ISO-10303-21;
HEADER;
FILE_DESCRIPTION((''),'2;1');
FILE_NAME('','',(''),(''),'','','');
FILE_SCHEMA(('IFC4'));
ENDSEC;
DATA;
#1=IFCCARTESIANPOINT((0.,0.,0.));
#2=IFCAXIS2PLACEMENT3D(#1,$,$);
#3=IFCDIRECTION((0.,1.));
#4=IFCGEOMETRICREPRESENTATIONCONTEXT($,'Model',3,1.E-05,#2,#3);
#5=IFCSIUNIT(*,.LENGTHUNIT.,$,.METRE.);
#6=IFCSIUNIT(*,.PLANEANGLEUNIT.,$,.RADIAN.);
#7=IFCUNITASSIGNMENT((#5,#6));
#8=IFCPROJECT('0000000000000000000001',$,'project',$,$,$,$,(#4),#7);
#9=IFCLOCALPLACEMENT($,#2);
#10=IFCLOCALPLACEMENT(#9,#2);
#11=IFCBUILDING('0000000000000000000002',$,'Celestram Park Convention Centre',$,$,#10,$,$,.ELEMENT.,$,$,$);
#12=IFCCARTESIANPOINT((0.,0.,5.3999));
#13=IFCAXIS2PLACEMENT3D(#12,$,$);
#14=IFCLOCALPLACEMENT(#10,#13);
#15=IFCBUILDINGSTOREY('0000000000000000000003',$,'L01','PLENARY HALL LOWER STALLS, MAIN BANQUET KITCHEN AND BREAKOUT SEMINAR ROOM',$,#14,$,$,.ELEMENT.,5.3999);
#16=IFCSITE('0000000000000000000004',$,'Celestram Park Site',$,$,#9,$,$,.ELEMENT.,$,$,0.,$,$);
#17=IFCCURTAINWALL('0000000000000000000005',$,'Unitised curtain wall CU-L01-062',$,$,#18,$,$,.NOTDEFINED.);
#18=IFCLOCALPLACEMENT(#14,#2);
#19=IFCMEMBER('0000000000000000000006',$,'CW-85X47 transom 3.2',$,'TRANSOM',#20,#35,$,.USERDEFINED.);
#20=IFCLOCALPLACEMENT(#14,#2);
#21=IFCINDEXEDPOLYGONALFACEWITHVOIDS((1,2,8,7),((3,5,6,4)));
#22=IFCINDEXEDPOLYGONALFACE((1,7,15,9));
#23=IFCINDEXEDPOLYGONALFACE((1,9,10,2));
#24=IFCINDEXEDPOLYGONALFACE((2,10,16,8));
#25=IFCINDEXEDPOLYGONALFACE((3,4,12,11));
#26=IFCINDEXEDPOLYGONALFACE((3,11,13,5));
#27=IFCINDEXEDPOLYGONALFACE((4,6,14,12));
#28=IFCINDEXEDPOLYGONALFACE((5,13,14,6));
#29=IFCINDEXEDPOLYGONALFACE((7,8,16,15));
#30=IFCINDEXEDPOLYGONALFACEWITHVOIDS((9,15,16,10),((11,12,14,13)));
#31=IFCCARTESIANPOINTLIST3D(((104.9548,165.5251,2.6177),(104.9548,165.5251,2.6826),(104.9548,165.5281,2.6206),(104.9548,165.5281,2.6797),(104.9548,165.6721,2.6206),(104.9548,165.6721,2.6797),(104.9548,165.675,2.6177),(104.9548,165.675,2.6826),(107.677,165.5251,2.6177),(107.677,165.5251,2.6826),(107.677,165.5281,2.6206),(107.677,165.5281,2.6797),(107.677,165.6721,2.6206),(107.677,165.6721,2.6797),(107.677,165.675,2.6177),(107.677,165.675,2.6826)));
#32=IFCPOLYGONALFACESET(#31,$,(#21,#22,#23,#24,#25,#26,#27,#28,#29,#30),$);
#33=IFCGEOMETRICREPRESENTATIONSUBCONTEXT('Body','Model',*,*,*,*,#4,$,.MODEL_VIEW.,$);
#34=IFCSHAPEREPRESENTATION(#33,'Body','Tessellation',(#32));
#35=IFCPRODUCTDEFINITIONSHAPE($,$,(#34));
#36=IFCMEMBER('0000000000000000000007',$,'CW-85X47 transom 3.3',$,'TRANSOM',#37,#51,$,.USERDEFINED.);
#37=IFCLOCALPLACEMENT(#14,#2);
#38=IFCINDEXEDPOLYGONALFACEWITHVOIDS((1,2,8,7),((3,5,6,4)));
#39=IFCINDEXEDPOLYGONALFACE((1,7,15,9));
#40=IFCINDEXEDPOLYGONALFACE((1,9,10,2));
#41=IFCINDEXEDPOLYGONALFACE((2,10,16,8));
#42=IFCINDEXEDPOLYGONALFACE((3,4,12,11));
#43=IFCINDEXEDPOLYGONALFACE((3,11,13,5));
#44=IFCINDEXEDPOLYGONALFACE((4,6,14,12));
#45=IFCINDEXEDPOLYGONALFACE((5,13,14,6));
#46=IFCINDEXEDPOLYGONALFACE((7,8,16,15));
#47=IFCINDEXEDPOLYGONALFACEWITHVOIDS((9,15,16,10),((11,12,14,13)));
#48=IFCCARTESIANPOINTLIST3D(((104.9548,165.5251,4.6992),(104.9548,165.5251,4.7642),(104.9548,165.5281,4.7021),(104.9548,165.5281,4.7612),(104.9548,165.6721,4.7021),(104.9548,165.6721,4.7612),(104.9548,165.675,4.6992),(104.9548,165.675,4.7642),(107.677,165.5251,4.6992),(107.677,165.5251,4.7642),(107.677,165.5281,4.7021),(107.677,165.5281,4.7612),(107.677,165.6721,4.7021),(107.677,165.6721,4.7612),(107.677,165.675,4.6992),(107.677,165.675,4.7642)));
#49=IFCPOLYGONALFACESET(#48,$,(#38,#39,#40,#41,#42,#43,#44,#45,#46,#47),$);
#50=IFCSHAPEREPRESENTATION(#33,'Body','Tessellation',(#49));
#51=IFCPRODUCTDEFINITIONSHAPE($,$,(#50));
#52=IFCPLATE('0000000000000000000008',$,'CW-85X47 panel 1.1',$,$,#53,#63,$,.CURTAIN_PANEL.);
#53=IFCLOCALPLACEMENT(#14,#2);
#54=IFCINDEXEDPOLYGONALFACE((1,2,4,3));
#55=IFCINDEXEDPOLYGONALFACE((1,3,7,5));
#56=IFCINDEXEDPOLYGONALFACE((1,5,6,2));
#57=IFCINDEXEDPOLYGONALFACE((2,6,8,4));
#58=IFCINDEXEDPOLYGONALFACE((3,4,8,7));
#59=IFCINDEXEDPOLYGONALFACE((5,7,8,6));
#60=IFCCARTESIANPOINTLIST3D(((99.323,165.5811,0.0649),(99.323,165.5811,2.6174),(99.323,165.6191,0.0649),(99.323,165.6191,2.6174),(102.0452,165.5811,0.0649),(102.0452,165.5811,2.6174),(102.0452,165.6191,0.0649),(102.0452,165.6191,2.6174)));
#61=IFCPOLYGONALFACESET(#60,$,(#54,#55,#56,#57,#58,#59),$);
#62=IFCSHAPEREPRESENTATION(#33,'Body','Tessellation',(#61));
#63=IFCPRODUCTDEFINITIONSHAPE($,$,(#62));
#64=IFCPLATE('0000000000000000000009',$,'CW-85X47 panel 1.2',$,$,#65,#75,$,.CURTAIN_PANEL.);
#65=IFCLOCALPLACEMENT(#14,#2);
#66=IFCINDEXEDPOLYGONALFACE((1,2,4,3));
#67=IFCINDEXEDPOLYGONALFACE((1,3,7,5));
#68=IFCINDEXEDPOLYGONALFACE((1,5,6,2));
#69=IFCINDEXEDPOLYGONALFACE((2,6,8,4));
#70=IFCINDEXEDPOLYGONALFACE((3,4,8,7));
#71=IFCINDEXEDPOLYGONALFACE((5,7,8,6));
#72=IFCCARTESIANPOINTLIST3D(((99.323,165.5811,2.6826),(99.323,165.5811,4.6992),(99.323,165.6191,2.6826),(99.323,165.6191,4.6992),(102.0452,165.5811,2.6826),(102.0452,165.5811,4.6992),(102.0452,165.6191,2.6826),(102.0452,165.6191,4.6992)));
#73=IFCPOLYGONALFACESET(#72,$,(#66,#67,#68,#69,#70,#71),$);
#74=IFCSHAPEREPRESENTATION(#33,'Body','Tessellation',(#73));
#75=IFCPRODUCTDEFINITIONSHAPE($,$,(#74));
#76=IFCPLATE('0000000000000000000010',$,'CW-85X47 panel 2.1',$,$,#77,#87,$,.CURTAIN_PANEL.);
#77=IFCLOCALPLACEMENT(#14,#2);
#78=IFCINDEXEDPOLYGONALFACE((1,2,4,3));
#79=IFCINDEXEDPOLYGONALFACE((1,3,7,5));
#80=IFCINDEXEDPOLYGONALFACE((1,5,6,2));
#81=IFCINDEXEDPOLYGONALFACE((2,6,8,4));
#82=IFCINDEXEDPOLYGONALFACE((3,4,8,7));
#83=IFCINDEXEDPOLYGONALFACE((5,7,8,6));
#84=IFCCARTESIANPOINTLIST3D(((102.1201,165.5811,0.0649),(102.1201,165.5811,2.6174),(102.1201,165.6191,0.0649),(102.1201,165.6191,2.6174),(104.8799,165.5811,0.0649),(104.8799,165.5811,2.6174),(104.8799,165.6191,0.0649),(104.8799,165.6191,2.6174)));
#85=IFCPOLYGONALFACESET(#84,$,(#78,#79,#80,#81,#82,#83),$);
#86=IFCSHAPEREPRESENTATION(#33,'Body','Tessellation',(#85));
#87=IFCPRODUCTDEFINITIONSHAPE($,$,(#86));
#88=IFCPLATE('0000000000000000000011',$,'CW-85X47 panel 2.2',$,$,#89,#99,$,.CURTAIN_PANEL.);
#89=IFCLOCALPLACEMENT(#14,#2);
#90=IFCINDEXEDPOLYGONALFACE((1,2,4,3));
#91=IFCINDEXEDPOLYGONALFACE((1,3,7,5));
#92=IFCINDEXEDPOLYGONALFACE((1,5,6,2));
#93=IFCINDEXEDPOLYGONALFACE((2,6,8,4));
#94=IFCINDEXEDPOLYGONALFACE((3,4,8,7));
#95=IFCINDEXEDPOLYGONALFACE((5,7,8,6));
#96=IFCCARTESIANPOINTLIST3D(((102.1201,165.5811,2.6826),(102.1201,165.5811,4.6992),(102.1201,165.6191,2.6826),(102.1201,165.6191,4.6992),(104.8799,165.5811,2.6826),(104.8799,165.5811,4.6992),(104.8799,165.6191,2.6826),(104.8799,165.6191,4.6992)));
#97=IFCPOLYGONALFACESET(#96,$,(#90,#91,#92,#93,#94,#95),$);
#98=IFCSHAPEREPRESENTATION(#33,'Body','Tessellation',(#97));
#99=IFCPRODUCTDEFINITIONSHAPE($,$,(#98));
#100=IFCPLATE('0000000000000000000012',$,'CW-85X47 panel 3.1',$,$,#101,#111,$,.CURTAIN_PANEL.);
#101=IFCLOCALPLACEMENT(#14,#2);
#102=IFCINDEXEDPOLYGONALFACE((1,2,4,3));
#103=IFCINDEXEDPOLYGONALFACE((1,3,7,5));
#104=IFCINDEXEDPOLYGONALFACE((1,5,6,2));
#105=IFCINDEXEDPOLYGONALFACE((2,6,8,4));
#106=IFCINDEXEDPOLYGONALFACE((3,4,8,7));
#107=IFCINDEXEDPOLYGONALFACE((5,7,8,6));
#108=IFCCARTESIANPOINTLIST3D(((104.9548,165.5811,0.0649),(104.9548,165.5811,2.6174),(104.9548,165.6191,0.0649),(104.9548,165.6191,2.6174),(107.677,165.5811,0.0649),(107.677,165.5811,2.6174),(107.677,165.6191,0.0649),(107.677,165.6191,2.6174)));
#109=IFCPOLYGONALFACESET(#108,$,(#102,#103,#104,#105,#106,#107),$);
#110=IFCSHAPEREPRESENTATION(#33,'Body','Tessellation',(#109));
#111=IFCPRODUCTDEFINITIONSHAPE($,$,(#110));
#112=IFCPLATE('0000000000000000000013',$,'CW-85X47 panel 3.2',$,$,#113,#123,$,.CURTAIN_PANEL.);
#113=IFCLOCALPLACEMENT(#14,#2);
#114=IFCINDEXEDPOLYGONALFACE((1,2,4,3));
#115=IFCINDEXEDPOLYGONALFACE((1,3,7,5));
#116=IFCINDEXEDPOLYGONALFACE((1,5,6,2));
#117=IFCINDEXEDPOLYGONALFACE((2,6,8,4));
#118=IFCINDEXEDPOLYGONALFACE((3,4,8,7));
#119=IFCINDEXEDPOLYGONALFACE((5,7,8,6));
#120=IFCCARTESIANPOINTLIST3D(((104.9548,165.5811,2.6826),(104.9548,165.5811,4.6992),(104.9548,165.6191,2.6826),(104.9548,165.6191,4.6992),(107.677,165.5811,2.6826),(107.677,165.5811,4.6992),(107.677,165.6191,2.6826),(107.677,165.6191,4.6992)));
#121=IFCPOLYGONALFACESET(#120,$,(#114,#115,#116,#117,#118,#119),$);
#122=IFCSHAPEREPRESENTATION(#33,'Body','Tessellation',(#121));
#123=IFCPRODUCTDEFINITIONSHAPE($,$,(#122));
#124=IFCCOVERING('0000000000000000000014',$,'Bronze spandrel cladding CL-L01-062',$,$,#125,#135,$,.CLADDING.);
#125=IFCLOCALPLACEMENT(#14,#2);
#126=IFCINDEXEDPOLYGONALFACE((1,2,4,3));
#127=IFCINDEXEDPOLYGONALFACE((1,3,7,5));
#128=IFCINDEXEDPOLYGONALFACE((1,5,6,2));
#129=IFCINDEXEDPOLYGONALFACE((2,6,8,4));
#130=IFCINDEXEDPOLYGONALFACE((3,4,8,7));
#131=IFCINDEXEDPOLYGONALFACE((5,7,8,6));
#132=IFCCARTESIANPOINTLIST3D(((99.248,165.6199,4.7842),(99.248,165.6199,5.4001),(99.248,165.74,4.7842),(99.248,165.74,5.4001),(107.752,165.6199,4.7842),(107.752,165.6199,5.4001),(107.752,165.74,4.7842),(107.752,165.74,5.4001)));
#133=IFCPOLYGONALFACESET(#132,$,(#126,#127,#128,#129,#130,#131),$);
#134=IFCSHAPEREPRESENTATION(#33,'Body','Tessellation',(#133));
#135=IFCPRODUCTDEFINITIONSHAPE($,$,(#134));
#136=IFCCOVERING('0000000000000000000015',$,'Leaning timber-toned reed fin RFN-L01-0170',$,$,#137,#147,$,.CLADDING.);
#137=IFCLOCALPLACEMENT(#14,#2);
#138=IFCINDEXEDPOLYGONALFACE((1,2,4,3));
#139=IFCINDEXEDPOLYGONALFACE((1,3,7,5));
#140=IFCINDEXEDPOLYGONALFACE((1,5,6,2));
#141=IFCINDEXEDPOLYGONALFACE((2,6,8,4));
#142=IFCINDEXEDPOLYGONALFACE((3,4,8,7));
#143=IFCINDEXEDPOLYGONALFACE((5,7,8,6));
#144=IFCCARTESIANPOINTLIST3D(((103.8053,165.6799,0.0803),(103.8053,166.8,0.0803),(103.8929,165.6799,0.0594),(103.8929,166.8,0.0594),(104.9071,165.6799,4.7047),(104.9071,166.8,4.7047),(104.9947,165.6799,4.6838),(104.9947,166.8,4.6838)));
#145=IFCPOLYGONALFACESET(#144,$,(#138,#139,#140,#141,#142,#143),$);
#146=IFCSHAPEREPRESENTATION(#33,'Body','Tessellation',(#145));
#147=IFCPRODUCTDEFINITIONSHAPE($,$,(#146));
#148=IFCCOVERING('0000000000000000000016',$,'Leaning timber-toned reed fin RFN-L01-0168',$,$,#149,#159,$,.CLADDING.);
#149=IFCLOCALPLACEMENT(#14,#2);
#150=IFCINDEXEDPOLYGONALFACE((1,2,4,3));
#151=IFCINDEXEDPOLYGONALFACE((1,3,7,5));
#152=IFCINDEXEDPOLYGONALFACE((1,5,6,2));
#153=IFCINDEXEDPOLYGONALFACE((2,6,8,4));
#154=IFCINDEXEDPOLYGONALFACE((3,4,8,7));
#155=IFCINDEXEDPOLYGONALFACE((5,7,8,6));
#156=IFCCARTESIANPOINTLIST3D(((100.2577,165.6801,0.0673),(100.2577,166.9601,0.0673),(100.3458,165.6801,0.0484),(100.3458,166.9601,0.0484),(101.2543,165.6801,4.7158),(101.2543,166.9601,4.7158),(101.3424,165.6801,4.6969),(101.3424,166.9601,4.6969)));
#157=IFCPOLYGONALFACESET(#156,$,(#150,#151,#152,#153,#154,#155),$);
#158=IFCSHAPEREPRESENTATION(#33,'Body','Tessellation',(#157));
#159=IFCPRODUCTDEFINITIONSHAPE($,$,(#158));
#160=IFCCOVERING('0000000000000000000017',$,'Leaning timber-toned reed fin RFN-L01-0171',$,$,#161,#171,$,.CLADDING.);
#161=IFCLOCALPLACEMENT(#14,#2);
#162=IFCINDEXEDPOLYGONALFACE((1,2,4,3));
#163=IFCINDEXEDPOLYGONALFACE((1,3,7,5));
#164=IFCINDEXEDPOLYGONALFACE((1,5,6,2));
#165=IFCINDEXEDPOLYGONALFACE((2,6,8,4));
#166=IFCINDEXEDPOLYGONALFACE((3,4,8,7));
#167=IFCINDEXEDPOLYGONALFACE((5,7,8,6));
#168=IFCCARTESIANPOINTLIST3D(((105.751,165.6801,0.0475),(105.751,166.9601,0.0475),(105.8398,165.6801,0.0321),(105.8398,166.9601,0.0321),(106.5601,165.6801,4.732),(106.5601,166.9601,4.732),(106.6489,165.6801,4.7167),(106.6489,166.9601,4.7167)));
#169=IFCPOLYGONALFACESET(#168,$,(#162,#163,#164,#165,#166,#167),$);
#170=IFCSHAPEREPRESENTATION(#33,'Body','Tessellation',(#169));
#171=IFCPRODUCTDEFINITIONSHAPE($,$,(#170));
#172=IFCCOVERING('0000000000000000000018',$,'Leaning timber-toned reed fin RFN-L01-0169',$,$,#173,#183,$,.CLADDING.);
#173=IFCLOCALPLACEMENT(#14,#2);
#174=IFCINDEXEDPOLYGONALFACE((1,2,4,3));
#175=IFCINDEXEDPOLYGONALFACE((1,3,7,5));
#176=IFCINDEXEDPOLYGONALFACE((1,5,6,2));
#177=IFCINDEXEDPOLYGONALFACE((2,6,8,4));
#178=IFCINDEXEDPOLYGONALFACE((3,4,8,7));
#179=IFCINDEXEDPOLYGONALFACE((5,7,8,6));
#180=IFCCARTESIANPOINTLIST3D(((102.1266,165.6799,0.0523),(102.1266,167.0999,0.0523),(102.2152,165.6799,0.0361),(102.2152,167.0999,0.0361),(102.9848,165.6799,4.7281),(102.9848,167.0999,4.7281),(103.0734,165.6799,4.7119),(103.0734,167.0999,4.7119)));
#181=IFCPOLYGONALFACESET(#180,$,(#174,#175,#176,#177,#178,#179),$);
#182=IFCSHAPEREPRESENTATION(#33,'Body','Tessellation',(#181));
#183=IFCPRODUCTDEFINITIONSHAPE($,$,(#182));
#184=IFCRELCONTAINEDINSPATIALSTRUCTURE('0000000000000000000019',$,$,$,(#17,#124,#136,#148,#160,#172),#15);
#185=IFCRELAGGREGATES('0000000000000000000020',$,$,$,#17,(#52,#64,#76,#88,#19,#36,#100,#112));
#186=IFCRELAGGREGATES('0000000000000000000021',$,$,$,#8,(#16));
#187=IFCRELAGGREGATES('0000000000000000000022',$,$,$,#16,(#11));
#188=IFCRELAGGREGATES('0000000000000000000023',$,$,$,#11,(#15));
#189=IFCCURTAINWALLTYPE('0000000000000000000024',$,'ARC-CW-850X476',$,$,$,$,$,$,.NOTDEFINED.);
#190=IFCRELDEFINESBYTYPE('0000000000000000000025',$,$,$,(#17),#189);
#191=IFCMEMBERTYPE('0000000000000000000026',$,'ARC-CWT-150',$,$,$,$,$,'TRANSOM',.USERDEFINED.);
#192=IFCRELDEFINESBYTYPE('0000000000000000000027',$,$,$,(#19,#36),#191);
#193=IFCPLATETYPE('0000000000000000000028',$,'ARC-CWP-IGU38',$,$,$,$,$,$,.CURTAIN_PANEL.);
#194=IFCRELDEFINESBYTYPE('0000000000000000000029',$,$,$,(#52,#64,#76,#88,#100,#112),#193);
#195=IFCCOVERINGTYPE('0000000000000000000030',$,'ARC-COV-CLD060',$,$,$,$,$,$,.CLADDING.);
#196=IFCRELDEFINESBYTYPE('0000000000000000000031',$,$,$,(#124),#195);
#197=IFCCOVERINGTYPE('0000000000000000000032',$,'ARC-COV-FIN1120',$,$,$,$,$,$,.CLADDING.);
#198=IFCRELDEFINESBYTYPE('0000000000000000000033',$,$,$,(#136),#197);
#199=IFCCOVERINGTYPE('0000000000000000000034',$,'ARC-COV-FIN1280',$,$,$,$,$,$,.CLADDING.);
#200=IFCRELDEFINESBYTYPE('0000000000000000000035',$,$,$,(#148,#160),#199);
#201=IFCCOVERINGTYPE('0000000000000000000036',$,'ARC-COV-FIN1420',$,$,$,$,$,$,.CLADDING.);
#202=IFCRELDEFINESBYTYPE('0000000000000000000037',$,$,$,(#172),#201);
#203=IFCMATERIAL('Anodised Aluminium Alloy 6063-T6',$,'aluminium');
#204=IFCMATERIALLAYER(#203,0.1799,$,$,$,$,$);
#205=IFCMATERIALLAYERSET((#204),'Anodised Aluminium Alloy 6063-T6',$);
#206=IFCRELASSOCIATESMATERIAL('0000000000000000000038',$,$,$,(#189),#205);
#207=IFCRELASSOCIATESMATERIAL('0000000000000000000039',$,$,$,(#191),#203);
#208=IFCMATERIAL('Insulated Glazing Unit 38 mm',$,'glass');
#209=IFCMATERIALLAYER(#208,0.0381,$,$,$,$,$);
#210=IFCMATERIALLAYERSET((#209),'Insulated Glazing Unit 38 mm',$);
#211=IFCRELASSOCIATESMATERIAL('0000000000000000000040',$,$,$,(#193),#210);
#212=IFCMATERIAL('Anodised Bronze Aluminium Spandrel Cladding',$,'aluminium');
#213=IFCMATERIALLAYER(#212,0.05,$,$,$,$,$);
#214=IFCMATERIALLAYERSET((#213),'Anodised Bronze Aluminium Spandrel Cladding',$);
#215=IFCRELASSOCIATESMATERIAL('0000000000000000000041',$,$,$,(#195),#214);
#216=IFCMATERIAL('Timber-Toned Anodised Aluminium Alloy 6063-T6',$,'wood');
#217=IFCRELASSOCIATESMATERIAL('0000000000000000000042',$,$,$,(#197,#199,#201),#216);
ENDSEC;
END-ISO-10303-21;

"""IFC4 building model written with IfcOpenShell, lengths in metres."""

from ifc_helpers import new_model, si_unit, direction, frame, origin, origin_2d, place, context, subcontext, project, spatial, rectangle, hollow_rectangle, extrude, material, layer, layer_set, material_profile, profile_set, type_object, element, aggregate, save


model = new_model("IFC4")

# Units and contexts
model_context = context("Model", 3, precision=1e-05, world=origin(), true_north=direction((0.0, 1.0)))
body_context = subcontext(model_context, "Body", "Model", "MODEL_VIEW")
ifc_project = project(units=[si_unit("LENGTHUNIT", "METRE"), si_unit("PLANEANGLEUNIT", "RADIAN")], contexts=[model_context])

# Site, building, storey
site_placement = place(None, origin())
site = spatial("IfcSite", under=ifc_project, at=site_placement, Name="Celestram Park Site", CompositionType="ELEMENT", RefElevation=0.0)
building_placement = place(site_placement, origin())
building = spatial("IfcBuilding", under=site, at=building_placement, Name="Celestram Park Convention Centre", CompositionType="ELEMENT")
storey_placement = place(building_placement, frame((0.0, 0.0, 5.3999)))
storey = spatial("IfcBuildingStorey", under=building, at=storey_placement, Name="L01", Description="PLENARY HALL LOWER STALLS, MAIN BANQUET KITCHEN AND BREAKOUT SEMINAR ROOM", CompositionType="ELEMENT", Elevation=5.3999)

# Curtain wall, members, plates
ifc_material_1 = material(Name="Anodised Aluminium Alloy 6063-T6", Category="aluminium")
ifc_layer_1 = layer(ifc_material_1, 0.1799)
ifc_layer_set_1 = layer_set([ifc_layer_1], Name="Anodised Aluminium Alloy 6063-T6")
curtain_wall_type = type_object("IfcCurtainWallType", Name="ARC-CW-850X476", PredefinedType="NOTDEFINED", material=ifc_layer_set_1)
curtain_wall_placement = place(storey_placement, origin())
curtain_wall = element("IfcCurtainWall", 1, at=curtain_wall_placement, inside=storey, type_object=curtain_wall_type, Name="Unitised curtain wall CU-L01-062", PredefinedType="NOTDEFINED")
ifc_material_profile_1 = material_profile(ifc_material_1, hollow_rectangle(XDim=0.1499, YDim=0.0649, WallThickness=0.0029, at=origin_2d()), Name="ALU150X65X3")
ifc_profile_set_1 = profile_set([ifc_material_profile_1], Name="Anodised Aluminium Alloy 6063-T6")
member_type_1 = type_object("IfcMemberType", Name="ARC-CWT-150", ElementType="TRANSOM", PredefinedType="USERDEFINED", material=ifc_profile_set_1)
member_1_placement = place(storey_placement, frame((104.9548, 165.6001, 2.6501), z_axis=(1.0, 0.0, 0.0), x_axis=(0.0, 1.0, 0.0)))
member_1 = element("IfcMember", 2, at=member_1_placement, type_object=member_type_1, Name="CW-85X47 transom 3.2", ObjectType="TRANSOM", PredefinedType="USERDEFINED", context=body_context, shape_type="SweptSolid", body=[
    extrude(hollow_rectangle(XDim=0.1499, YDim=0.0649, WallThickness=0.0029, at=origin_2d()), origin(), (0.0, 0.0, 1.0), 2.7222),
])
member_2_placement = place(storey_placement, frame((104.9548, 165.6001, 4.7317), z_axis=(1.0, 0.0, 0.0), x_axis=(0.0, 1.0, 0.0)))
member_2 = element("IfcMember", 3, at=member_2_placement, type_object=member_type_1, Name="CW-85X47 transom 3.3", ObjectType="TRANSOM", PredefinedType="USERDEFINED", context=body_context, shape_type="SweptSolid", body=[
    extrude(hollow_rectangle(XDim=0.1499, YDim=0.0649, WallThickness=0.0029, at=origin_2d()), origin(), (0.0, 0.0, 1.0), 2.7222),
])
ifc_material_2 = material(Name="Insulated Glazing Unit 38 mm", Category="glass")
ifc_layer_2 = layer(ifc_material_2, 0.0381)
ifc_layer_set_2 = layer_set([ifc_layer_2], Name="Insulated Glazing Unit 38 mm")
plate_type = type_object("IfcPlateType", Name="ARC-CWP-IGU38", PredefinedType="CURTAIN_PANEL", material=ifc_layer_set_2)
plate_1_placement = place(storey_placement, frame((100.6841, 165.6001, 0.0649), z_axis=(0.0, 0.0, 1.0), x_axis=(1.0, 0.0, 0.0)))
plate_1 = element("IfcPlate", 4, at=plate_1_placement, type_object=plate_type, Name="CW-85X47 panel 1.1", PredefinedType="CURTAIN_PANEL", context=body_context, shape_type="SweptSolid", body=[
    extrude(rectangle(XDim=2.7222, YDim=0.0381, at=origin_2d()), origin(), (0.0, 0.0, 1.0), 2.5525),
])
plate_2_placement = place(storey_placement, frame((100.6841, 165.6001, 2.6826), z_axis=(0.0, 0.0, 1.0), x_axis=(1.0, 0.0, 0.0)))
plate_2 = element("IfcPlate", 5, at=plate_2_placement, type_object=plate_type, Name="CW-85X47 panel 1.2", PredefinedType="CURTAIN_PANEL", context=body_context, shape_type="SweptSolid", body=[
    extrude(rectangle(XDim=2.7222, YDim=0.0381, at=origin_2d()), origin(), (0.0, 0.0, 1.0), 2.0166),
])
plate_3_placement = place(storey_placement, frame((103.5, 165.6001, 0.0649), z_axis=(0.0, 0.0, 1.0), x_axis=(1.0, 0.0, 0.0)))
plate_3 = element("IfcPlate", 6, at=plate_3_placement, type_object=plate_type, Name="CW-85X47 panel 2.1", PredefinedType="CURTAIN_PANEL", context=body_context, shape_type="SweptSolid", body=[
    extrude(rectangle(XDim=2.7598, YDim=0.0381, at=origin_2d()), origin(), (0.0, 0.0, 1.0), 2.5525),
])
plate_4_placement = place(storey_placement, frame((103.5, 165.6001, 2.6826), z_axis=(0.0, 0.0, 1.0), x_axis=(1.0, 0.0, 0.0)))
plate_4 = element("IfcPlate", 7, at=plate_4_placement, type_object=plate_type, Name="CW-85X47 panel 2.2", PredefinedType="CURTAIN_PANEL", context=body_context, shape_type="SweptSolid", body=[
    extrude(rectangle(XDim=2.7598, YDim=0.0381, at=origin_2d()), origin(), (0.0, 0.0, 1.0), 2.0166),
])
plate_5_placement = place(storey_placement, frame((106.3159, 165.6001, 0.0649), z_axis=(0.0, 0.0, 1.0), x_axis=(1.0, 0.0, 0.0)))
plate_5 = element("IfcPlate", 8, at=plate_5_placement, type_object=plate_type, Name="CW-85X47 panel 3.1", PredefinedType="CURTAIN_PANEL", context=body_context, shape_type="SweptSolid", body=[
    extrude(rectangle(XDim=2.7222, YDim=0.0381, at=origin_2d()), origin(), (0.0, 0.0, 1.0), 2.5525),
])
plate_6_placement = place(storey_placement, frame((106.3159, 165.6001, 2.6826), z_axis=(0.0, 0.0, 1.0), x_axis=(1.0, 0.0, 0.0)))
plate_6 = element("IfcPlate", 9, at=plate_6_placement, type_object=plate_type, Name="CW-85X47 panel 3.2", PredefinedType="CURTAIN_PANEL", context=body_context, shape_type="SweptSolid", body=[
    extrude(rectangle(XDim=2.7222, YDim=0.0381, at=origin_2d()), origin(), (0.0, 0.0, 1.0), 2.0166),
])
aggregate(curtain_wall, [plate_1, plate_2, plate_3, plate_4, member_1, member_2, plate_5, plate_6])

# Coverings
ifc_material_3 = material(Name="Anodised Bronze Aluminium Spandrel Cladding", Category="aluminium")
ifc_layer_3 = layer(ifc_material_3, 0.05)
ifc_layer_set_3 = layer_set([ifc_layer_3], Name="Anodised Bronze Aluminium Spandrel Cladding")
covering_type_1 = type_object("IfcCoveringType", Name="ARC-COV-CLD060", PredefinedType="CLADDING", material=ifc_layer_set_3)
covering_1_placement = place(storey_placement, frame((103.5, 165.6799, 4.7842), z_axis=(0.0, 0.0, 1.0), x_axis=(1.0, 0.0, 0.0)))
element("IfcCovering", 10, at=covering_1_placement, inside=storey, type_object=covering_type_1, Name="Bronze spandrel cladding CL-L01-062", PredefinedType="CLADDING", context=body_context, shape_type="SweptSolid", body=[
    extrude(rectangle(XDim=8.5039, YDim=0.1201, at=origin_2d()), origin(), (0.0, 0.0, 1.0), 0.616),
])
ifc_material_4 = material(Name="Timber-Toned Anodised Aluminium Alloy 6063-T6", Category="wood")
ifc_material_profile_2 = material_profile(ifc_material_4, rectangle(XDim=1.1201, YDim=0.0901, at=origin_2d()), Name="REED1120X90")
ifc_profile_set_2 = profile_set([ifc_material_profile_2], Name="Timber-Toned Anodised Aluminium Alloy 6063-T6")
covering_type_2 = type_object("IfcCoveringType", Name="ARC-COV-FIN1120", PredefinedType="CLADDING", material=ifc_profile_set_2)
covering_2_placement = place(storey_placement, frame((103.8491, 166.24, 0.0698), z_axis=(0.231766, 0.0, 0.972771), x_axis=(0.0, 1.0, 0.0)))
element("IfcCovering", 11, at=covering_2_placement, inside=storey, type_object=covering_type_2, Name="Leaning timber-toned reed fin RFN-L01-0170", PredefinedType="CLADDING", context=body_context, shape_type="SweptSolid", body=[
    extrude(rectangle(XDim=1.1201, YDim=0.0901, at=origin_2d()), origin(), (0.0, 0.0, 1.0), 4.7539),
])
ifc_material_profile_3 = material_profile(ifc_material_4, rectangle(XDim=1.28, YDim=0.0901, at=origin_2d()), Name="REED1280X90")
ifc_profile_set_3 = profile_set([ifc_material_profile_3], Name="Timber-Toned Anodised Aluminium Alloy 6063-T6")
covering_type_3 = type_object("IfcCoveringType", Name="ARC-COV-FIN1280", PredefinedType="CLADDING", material=ifc_profile_set_3)
covering_3_placement = place(storey_placement, frame((100.3018, 166.3201, 0.0579), z_axis=(0.209627, 0.0, 0.977781), x_axis=(0.0, 1.0, 0.0)))
element("IfcCovering", 12, at=covering_3_placement, inside=storey, type_object=covering_type_3, Name="Leaning timber-toned reed fin RFN-L01-0168", PredefinedType="CLADDING", context=body_context, shape_type="SweptSolid", body=[
    extrude(rectangle(XDim=1.28, YDim=0.0901, at=origin_2d()), origin(), (0.0, 0.0, 1.0), 4.7542),
])
covering_4_placement = place(storey_placement, frame((105.7954, 166.3201, 0.0398), z_axis=(0.170192, 0.0, 0.985411), x_axis=(0.0, 1.0, 0.0)))
element("IfcCovering", 13, at=covering_4_placement, inside=storey, type_object=covering_type_3, Name="Leaning timber-toned reed fin RFN-L01-0171", PredefinedType="CLADDING", context=body_context, shape_type="SweptSolid", body=[
    extrude(rectangle(XDim=1.28, YDim=0.0901, at=origin_2d()), origin(), (0.0, 0.0, 1.0), 4.7539),
])
ifc_material_profile_4 = material_profile(ifc_material_4, rectangle(XDim=1.4199, YDim=0.0901, at=origin_2d()), Name="REED1420X90")
ifc_profile_set_4 = profile_set([ifc_material_profile_4], Name="Timber-Toned Anodised Aluminium Alloy 6063-T6")
covering_type_4 = type_object("IfcCoveringType", Name="ARC-COV-FIN1420", PredefinedType="CLADDING", material=ifc_profile_set_4)
covering_5_placement = place(storey_placement, frame((102.1709, 166.3899, 0.0442), z_axis=(0.180517, 0.0, 0.983572), x_axis=(0.0, 1.0, 0.0)))
element("IfcCovering", 14, at=covering_5_placement, inside=storey, type_object=covering_type_4, Name="Leaning timber-toned reed fin RFN-L01-0169", PredefinedType="CLADDING", context=body_context, shape_type="SweptSolid", body=[
    extrude(rectangle(XDim=1.4199, YDim=0.0901, at=origin_2d()), origin(), (0.0, 0.0, 1.0), 4.7539),
])

save(model, "model.ifc")
